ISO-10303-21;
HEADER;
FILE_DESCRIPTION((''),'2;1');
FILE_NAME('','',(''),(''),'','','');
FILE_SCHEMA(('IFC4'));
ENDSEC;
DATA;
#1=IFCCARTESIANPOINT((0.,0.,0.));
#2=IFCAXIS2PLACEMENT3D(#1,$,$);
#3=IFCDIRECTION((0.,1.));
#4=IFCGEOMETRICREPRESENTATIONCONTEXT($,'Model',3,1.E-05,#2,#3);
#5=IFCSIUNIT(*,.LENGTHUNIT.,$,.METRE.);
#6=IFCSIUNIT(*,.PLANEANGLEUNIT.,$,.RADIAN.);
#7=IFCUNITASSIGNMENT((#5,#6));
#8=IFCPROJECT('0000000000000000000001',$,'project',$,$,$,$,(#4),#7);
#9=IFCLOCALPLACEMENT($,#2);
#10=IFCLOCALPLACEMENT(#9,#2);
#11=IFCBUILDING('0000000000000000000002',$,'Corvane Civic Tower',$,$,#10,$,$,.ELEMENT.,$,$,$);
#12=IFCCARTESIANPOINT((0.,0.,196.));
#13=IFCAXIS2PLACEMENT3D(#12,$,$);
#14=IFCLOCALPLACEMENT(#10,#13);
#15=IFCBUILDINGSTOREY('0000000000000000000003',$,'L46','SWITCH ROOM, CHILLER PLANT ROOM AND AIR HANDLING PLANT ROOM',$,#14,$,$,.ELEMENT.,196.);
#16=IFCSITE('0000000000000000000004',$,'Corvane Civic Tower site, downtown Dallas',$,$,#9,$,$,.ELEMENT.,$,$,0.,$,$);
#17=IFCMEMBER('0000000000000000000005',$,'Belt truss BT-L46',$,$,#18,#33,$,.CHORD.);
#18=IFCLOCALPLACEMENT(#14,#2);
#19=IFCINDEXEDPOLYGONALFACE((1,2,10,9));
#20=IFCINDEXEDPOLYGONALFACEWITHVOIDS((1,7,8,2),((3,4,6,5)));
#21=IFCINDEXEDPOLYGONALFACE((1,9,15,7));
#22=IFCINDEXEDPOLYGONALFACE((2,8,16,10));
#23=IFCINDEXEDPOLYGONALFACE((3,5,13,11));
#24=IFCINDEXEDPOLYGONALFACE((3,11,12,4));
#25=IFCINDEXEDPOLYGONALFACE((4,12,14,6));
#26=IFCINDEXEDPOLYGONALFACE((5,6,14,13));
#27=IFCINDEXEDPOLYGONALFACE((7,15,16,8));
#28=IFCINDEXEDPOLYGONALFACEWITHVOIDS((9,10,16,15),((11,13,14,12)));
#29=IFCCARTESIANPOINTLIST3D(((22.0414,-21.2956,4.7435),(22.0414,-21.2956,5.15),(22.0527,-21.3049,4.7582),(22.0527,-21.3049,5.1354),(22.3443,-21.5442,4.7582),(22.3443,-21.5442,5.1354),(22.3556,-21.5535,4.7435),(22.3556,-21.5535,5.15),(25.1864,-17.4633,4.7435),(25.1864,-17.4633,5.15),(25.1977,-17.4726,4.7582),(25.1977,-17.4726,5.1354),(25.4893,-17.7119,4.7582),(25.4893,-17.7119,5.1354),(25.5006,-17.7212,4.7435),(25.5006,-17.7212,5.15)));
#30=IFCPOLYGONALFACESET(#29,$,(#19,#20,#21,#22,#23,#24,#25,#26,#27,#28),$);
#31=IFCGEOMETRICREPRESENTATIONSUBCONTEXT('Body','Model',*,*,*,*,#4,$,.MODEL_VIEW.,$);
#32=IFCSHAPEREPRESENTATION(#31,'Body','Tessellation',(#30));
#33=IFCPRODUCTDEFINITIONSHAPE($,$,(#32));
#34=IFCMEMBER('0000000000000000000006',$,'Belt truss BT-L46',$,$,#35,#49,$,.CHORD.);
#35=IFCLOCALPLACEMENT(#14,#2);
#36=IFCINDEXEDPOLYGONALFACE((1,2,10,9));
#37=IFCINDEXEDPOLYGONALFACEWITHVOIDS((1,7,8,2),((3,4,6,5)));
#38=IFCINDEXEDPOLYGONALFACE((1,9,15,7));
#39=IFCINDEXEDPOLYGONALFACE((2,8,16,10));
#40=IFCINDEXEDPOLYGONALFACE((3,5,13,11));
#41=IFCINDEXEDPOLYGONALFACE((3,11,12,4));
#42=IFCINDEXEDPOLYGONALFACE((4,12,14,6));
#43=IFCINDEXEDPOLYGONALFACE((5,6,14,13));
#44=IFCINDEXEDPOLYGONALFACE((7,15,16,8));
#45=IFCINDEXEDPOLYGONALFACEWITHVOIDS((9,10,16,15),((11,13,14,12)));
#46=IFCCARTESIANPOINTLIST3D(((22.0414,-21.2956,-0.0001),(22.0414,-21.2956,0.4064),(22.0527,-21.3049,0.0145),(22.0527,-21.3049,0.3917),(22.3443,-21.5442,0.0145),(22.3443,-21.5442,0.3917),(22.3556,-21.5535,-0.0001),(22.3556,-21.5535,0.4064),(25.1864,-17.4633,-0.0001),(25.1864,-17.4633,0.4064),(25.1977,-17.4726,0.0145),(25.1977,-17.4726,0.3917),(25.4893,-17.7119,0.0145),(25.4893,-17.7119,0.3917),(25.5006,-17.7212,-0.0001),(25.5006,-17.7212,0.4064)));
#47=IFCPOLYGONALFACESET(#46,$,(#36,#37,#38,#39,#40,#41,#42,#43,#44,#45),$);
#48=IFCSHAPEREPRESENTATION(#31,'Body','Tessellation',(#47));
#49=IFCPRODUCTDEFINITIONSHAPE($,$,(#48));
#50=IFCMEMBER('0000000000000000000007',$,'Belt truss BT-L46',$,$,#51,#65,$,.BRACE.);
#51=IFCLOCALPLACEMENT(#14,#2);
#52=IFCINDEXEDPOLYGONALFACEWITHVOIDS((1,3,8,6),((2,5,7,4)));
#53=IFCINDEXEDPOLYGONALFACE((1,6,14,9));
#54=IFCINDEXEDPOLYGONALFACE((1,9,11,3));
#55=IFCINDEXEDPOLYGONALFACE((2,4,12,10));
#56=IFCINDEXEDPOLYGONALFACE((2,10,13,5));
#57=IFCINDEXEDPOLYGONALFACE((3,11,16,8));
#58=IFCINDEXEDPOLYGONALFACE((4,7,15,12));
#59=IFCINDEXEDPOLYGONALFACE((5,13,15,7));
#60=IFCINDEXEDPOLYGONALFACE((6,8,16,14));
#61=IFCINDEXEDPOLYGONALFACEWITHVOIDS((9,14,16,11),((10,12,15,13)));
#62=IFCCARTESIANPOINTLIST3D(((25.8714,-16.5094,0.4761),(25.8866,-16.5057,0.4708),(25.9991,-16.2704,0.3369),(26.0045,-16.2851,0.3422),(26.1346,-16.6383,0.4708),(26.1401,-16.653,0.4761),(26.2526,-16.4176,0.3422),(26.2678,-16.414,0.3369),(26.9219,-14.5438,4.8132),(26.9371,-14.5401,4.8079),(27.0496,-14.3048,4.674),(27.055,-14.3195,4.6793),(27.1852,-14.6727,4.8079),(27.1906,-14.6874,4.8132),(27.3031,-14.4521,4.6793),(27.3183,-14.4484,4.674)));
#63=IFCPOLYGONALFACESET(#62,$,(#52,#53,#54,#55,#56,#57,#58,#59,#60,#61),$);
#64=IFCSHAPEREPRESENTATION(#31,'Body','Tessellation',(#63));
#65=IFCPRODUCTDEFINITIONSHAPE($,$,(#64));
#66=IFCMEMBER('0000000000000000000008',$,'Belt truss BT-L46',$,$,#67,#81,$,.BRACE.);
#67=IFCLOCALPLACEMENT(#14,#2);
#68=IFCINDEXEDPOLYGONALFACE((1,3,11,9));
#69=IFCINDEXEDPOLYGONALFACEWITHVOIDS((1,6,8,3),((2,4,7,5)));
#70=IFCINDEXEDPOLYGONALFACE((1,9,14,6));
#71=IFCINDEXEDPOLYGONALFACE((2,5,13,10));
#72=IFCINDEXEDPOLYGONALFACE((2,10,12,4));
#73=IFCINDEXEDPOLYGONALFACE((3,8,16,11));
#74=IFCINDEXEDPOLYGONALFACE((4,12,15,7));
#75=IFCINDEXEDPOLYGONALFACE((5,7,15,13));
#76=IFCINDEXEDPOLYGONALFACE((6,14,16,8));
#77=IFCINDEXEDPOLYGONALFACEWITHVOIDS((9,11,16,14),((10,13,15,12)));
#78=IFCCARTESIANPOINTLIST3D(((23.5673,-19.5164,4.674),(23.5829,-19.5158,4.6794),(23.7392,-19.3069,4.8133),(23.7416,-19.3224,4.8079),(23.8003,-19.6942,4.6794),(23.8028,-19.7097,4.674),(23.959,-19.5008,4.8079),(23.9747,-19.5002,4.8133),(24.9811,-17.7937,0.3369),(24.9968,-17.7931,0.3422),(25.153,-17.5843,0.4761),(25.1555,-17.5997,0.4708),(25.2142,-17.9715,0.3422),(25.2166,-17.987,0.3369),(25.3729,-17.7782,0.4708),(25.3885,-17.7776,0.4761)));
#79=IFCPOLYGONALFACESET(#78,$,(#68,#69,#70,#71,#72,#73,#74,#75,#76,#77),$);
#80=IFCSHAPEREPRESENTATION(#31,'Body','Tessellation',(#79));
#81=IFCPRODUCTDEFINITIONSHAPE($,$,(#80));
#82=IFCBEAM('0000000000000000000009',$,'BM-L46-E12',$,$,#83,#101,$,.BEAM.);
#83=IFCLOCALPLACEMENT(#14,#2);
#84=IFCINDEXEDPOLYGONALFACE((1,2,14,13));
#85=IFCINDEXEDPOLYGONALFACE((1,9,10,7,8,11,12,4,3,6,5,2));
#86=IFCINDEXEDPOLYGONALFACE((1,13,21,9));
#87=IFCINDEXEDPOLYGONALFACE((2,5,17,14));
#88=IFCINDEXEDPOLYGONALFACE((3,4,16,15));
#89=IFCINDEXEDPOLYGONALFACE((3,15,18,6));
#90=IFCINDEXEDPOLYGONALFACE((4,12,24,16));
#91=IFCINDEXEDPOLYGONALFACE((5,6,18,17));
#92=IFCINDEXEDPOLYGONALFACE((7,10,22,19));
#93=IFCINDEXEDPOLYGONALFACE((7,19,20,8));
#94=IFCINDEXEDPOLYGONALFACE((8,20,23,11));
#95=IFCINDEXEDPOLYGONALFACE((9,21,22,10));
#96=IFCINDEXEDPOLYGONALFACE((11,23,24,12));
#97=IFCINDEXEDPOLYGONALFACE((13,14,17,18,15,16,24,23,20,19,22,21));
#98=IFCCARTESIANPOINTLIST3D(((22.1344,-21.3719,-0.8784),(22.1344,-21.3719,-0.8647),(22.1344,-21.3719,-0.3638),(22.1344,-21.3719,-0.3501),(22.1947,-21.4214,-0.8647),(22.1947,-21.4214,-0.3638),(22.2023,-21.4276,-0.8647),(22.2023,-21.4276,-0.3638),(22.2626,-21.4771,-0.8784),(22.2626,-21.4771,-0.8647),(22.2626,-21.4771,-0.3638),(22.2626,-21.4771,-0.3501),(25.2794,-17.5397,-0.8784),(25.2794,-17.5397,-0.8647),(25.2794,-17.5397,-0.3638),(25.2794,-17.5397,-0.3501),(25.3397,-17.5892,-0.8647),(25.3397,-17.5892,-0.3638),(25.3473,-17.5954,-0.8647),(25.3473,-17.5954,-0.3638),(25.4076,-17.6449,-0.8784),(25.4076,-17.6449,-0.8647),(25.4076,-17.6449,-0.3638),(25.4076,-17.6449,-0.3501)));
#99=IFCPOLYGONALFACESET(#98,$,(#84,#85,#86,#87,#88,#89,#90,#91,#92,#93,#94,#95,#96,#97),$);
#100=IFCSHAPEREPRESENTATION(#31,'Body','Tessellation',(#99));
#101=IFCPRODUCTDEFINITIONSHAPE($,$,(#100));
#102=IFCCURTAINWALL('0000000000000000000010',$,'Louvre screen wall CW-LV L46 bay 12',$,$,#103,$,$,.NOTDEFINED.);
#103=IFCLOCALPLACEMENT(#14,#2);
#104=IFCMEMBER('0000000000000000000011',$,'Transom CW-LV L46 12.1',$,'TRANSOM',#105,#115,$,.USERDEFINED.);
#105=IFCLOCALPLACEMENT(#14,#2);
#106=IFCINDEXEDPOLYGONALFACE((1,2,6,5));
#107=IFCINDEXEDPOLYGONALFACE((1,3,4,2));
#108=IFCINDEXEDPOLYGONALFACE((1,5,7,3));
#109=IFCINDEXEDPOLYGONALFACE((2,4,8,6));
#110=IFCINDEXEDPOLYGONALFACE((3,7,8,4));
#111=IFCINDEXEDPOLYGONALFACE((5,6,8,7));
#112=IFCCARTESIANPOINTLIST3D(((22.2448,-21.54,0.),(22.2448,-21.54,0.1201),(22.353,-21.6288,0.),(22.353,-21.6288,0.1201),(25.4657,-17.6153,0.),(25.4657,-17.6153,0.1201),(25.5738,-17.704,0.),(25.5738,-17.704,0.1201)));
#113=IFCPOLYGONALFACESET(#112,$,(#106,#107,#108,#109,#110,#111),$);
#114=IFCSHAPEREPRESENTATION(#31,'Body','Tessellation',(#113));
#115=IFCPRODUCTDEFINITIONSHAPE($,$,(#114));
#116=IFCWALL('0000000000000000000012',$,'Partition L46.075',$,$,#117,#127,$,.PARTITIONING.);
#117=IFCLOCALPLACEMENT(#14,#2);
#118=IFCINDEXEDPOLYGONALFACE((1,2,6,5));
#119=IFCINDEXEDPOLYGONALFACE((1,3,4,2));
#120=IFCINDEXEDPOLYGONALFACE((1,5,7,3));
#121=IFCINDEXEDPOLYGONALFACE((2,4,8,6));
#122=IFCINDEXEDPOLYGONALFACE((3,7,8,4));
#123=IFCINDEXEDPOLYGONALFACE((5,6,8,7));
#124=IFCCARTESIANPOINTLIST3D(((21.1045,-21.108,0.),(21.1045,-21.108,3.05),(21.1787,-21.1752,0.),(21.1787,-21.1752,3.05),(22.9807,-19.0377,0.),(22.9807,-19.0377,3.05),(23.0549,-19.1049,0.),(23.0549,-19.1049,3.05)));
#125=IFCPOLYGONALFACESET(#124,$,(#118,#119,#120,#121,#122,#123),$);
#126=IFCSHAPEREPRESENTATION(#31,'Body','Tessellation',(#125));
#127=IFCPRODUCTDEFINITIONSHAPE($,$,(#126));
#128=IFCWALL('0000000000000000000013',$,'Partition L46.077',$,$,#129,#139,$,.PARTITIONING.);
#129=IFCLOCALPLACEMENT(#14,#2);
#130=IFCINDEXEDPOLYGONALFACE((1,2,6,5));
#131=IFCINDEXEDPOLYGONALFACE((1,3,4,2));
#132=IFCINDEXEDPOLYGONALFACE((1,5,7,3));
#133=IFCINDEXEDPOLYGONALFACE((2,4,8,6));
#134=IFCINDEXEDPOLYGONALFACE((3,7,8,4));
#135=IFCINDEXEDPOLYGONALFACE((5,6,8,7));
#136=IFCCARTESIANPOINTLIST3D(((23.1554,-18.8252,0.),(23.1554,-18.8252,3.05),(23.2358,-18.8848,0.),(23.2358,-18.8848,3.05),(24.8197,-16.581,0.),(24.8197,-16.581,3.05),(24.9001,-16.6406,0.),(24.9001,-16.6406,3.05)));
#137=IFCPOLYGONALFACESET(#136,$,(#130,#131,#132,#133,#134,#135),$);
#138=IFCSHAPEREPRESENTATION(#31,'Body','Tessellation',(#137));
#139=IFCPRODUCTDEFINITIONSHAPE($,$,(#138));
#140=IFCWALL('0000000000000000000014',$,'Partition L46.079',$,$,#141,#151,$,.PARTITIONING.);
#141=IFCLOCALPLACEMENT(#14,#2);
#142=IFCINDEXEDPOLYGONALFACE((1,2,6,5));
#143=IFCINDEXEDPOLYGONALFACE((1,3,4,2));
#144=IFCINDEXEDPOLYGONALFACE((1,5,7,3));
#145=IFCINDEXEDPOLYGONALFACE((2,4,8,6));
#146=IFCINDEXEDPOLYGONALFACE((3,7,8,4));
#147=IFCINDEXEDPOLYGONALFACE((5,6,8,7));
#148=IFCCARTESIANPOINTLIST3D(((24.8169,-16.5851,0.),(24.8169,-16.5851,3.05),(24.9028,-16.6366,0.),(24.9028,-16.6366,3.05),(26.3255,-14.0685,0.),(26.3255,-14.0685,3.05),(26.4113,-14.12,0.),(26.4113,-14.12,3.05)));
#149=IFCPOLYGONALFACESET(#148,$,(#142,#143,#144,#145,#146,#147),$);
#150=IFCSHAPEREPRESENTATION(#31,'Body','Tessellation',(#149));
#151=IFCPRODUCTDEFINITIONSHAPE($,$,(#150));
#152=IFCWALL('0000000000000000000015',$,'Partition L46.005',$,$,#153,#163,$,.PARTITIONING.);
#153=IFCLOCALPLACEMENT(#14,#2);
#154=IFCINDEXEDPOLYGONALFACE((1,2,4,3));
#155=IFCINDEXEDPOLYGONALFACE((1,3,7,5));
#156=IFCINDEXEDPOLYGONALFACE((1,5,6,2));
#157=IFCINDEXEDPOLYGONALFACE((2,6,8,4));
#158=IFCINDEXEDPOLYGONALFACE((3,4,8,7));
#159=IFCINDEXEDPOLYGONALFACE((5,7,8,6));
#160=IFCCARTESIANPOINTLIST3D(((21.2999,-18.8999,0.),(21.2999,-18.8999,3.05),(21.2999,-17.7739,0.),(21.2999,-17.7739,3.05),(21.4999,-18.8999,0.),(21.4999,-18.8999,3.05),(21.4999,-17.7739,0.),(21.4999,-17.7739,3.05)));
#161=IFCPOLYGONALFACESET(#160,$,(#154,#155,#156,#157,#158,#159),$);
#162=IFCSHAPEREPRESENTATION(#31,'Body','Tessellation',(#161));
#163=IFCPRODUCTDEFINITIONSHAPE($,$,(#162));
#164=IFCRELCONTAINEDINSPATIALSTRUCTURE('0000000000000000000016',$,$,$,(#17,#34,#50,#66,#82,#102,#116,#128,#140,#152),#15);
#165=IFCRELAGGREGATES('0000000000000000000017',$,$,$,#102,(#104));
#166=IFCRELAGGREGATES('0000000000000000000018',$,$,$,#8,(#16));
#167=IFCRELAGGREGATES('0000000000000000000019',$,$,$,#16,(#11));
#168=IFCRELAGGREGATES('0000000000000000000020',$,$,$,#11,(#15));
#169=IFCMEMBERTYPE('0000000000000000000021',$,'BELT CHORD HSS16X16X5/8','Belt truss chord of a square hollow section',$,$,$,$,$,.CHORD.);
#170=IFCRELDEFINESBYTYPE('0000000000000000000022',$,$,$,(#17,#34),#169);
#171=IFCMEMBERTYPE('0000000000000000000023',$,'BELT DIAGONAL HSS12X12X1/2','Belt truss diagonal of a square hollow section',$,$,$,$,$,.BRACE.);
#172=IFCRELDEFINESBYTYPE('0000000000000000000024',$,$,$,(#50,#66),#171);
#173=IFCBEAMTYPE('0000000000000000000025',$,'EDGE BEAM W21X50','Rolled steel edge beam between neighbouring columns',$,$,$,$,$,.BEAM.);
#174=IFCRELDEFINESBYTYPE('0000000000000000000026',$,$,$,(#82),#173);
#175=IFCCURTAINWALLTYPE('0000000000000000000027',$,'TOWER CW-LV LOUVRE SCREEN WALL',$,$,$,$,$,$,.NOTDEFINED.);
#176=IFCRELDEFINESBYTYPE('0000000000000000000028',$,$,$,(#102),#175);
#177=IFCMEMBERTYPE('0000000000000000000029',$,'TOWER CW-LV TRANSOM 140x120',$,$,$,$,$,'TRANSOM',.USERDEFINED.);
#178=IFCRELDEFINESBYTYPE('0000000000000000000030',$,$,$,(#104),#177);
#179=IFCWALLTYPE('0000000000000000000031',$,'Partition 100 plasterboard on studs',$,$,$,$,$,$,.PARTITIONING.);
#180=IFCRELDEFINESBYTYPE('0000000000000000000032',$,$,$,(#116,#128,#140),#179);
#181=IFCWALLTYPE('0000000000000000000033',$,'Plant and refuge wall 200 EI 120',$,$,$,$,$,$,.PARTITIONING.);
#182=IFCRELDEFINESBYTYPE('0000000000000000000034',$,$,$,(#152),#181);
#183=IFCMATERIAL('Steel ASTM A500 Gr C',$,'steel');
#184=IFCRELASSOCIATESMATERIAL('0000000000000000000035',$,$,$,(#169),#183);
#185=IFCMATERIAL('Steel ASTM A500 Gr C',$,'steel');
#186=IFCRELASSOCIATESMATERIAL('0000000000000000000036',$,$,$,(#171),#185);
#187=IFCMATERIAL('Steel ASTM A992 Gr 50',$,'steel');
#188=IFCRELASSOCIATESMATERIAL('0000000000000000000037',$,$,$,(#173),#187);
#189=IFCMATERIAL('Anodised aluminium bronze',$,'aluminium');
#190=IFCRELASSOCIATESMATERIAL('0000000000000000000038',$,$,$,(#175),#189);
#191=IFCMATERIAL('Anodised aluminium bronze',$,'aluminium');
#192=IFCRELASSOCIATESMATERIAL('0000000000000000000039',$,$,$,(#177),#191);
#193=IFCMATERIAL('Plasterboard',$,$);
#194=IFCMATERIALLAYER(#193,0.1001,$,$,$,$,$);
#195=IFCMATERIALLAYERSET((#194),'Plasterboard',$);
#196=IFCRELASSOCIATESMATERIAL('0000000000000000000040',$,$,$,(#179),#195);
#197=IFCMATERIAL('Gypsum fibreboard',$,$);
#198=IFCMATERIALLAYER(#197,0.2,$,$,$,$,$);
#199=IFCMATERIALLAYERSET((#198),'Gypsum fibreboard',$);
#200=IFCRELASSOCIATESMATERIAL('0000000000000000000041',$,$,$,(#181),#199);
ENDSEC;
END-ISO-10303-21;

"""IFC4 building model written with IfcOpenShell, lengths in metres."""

from ifc_helpers import new_model, si_unit, direction, frame, frame_2d, origin, origin_2d, place, context, subcontext, project, spatial, rectangle, hollow_rectangle, i_section, extrude, material, layer, layer_set, material_profile, profile_set, type_object, element, aggregate, save


model = new_model("IFC4")

# Units and contexts
model_context = context("Model", 3, precision=1e-05, world=origin(), true_north=direction((0.0, 1.0)))
body_context = subcontext(model_context, "Body", "Model", "MODEL_VIEW")
ifc_project = project(units=[si_unit("LENGTHUNIT", "METRE"), si_unit("PLANEANGLEUNIT", "RADIAN")], contexts=[model_context])

# Site, building, storey
site_placement = place(None, origin())
site = spatial("IfcSite", under=ifc_project, at=site_placement, Name="Corvane Civic Tower site, downtown Dallas", CompositionType="ELEMENT", RefElevation=0.0)
building_placement = place(site_placement, origin())
building = spatial("IfcBuilding", under=site, at=building_placement, Name="Corvane Civic Tower", CompositionType="ELEMENT")
storey_placement = place(building_placement, frame((0.0, 0.0, 196.0)))
storey = spatial("IfcBuildingStorey", under=building, at=storey_placement, Name="L46", Description="SWITCH ROOM, CHILLER PLANT ROOM AND AIR HANDLING PLANT ROOM", CompositionType="ELEMENT", Elevation=196.0)

# Members
ifc_material_1 = material(Name="Steel ASTM A500 Gr C", Category="steel")
ifc_material_profile_1 = material_profile(ifc_material_1, hollow_rectangle(XDim=0.4065, YDim=0.4065, WallThickness=0.0146, at=origin_2d()), Name="HSS16X16X5/8")
ifc_profile_set_1 = profile_set([ifc_material_profile_1], Name="Steel ASTM A500 Gr C")
member_type_1 = type_object("IfcMemberType", Name="BELT CHORD HSS16X16X5/8", Description="Belt truss chord of a square hollow section", PredefinedType="CHORD", material=ifc_profile_set_1)
for number, where, z_axis, x_axis, name in (
    (1, (25.3435, -17.5923, 4.9468), (-0.634388, -0.773015, 0.0), (0.773015, -0.634388, 0.0), "Belt truss BT-L46"),
    (2, (25.3435, -17.5923, 0.2031), (-0.634388, -0.773015, 0.0), (0.773015, -0.634388, 0.0), "Belt truss BT-L46"),
):
    element("IfcMember", number, at=place(storey_placement, frame(where, z_axis=z_axis, x_axis=x_axis)), inside=storey, type_object=member_type_1, Name=name, PredefinedType="CHORD", context=body_context, shape_type="SweptSolid", body=[
        extrude(hollow_rectangle(XDim=0.4065, YDim=0.4065, WallThickness=0.0146, at=origin_2d()), origin(), (0.0, 0.0, 1.0), 4.9575),
    ])
ifc_material_2 = material(Name="Steel ASTM A500 Gr C", Category="steel")
ifc_material_profile_2 = material_profile(ifc_material_2, hollow_rectangle(XDim=0.3047, YDim=0.3047, WallThickness=0.0117, at=origin_2d()), Name="HSS12X12X1/2")
ifc_profile_set_2 = profile_set([ifc_material_profile_2], Name="Steel ASTM A500 Gr C")
member_type_2 = type_object("IfcMemberType", Name="BELT DIAGONAL HSS12X12X1/2", Description="Belt truss diagonal of a square hollow section", PredefinedType="BRACE", material=ifc_profile_set_2)
for number, where, z_axis, x_axis, name in (
    (3, (26.0696, -16.4617, 0.4065), (0.215438, 0.40309, 0.889441), (-0.881937, 0.471367, 0.0), "Belt truss BT-L46"),
    (4, (25.1848, -17.7856, 0.4065), (-0.289942, -0.353278, 0.889454), (0.772995, -0.634412, 0.0), "Belt truss BT-L46"),
):
    element("IfcMember", number, at=place(storey_placement, frame(where, z_axis=z_axis, x_axis=x_axis)), inside=storey, type_object=member_type_2, Name=name, PredefinedType="BRACE", context=body_context, shape_type="SweptSolid", body=[
        extrude(hollow_rectangle(XDim=0.3047, YDim=0.3047, WallThickness=0.0117, at=origin_2d()), origin(), (0.0, 0.0, 1.0), 4.8762),
    ])

# Beam
ifc_material_3 = material(Name="Steel ASTM A992 Gr 50", Category="steel")
ifc_material_profile_3 = material_profile(ifc_material_3, i_section(OverallWidth=0.1658, OverallDepth=0.5283, WebThickness=0.0098, FlangeThickness=0.0137, at=origin_2d()), Name="W21X50")
ifc_profile_set_3 = profile_set([ifc_material_profile_3], Name="Steel ASTM A992 Gr 50")
beam_type = type_object("IfcBeamType", Name="EDGE BEAM W21X50", Description="Rolled steel edge beam between neighbouring columns", PredefinedType="BEAM", material=ifc_profile_set_3)
beam_placement = place(storey_placement, frame((25.3435, -17.5923, -0.6143), z_axis=(-0.634388, -0.773015, 0.0), x_axis=(0.773015, -0.634388, 0.0)))
element("IfcBeam", 5, at=beam_placement, inside=storey, type_object=beam_type, Name="BM-L46-E12", PredefinedType="BEAM", context=body_context, shape_type="SweptSolid", body=[
    extrude(i_section(OverallWidth=0.1658, OverallDepth=0.5283, WebThickness=0.0098, FlangeThickness=0.0137, at=origin_2d()), origin(), (0.0, 0.0, 1.0), 4.9575),
])

# Curtain wall, member
ifc_material_4 = material(Name="Anodised aluminium bronze", Category="aluminium")
curtain_wall_type = type_object("IfcCurtainWallType", Name="TOWER CW-LV LOUVRE SCREEN WALL", PredefinedType="NOTDEFINED", material=ifc_material_4)
curtain_wall_placement = place(storey_placement, origin())
curtain_wall = element("IfcCurtainWall", 6, at=curtain_wall_placement, inside=storey, type_object=curtain_wall_type, Name="Louvre screen wall CW-LV L46 bay 12", PredefinedType="NOTDEFINED")
ifc_material_5 = material(Name="Anodised aluminium bronze", Category="aluminium")
ifc_material_profile_4 = material_profile(ifc_material_5, rectangle(XDim=0.1399, YDim=0.1201, at=origin_2d()), Name="TOWER CW-LV TRANSOM 140x120")
ifc_profile_set_4 = profile_set([ifc_material_profile_4], Name="Anodised aluminium bronze")
member_type_3 = type_object("IfcMemberType", Name="TOWER CW-LV TRANSOM 140x120", ElementType="TRANSOM", PredefinedType="USERDEFINED", material=ifc_profile_set_4)
member_placement = place(storey_placement, frame((25.5198, -17.6597, 0.0601), z_axis=(-0.634387, -0.773016, 0.0), x_axis=(0.773016, -0.634387, 0.0)))
member = element("IfcMember", 7, at=member_placement, type_object=member_type_3, Name="Transom CW-LV L46 12.1", ObjectType="TRANSOM", PredefinedType="USERDEFINED", context=body_context, shape_type="SweptSolid", body=[
    extrude(rectangle(XDim=0.1399, YDim=0.1201, at=origin_2d()), origin(), (0.0, 0.0, 1.0), 5.0771),
])

# Walls
ifc_material_6 = material(Name="Plasterboard")
ifc_layer_1 = layer(ifc_material_6, 0.1001)
ifc_layer_set_1 = layer_set([ifc_layer_1], Name="Plasterboard")
wall_type_1 = type_object("IfcWallType", Name="Partition 100 plasterboard on studs", PredefinedType="PARTITIONING", material=ifc_layer_set_1)
for number, where, z_axis, x_axis, name in (
    (8, (21.1416, -21.1416, 0.0), (0.0, 0.0, 1.0), (0.671519, 0.740987, 0.0), "Partition L46.075"),
    (9, (23.1956, -18.855, 0.0), (0.0, 0.0, 1.0), (0.595685, 0.803218, 0.0), "Partition L46.077"),
):
    element("IfcWall", number, at=place(storey_placement, frame(where, z_axis=z_axis, x_axis=x_axis)), inside=storey, type_object=wall_type_1, Name=name, PredefinedType="PARTITIONING", context=body_context, shape_type="SweptSolid", body=[
        extrude(rectangle(XDim=2.7939, YDim=0.1001, at=frame_2d((1.397, 0.0))), origin(), (0.0, 0.0, 1.0), 3.05),
    ])
wall_1_placement = place(storey_placement, frame((24.8599, -16.6108, 0.0), z_axis=(0.0, 0.0, 1.0), x_axis=(0.514141, 0.857706, 0.0)))
element("IfcWall", 10, at=wall_1_placement, inside=storey, type_object=wall_type_1, Name="Partition L46.079", PredefinedType="PARTITIONING", context=body_context, shape_type="SweptSolid", body=[
    extrude(rectangle(XDim=2.9341, YDim=0.1001, at=frame_2d((1.467, 0.0))), origin(), (0.0, 0.0, 1.0), 3.05),
])
ifc_material_7 = material(Name="Gypsum fibreboard")
ifc_layer_2 = layer(ifc_material_7, 0.2)
ifc_layer_set_2 = layer_set([ifc_layer_2], Name="Gypsum fibreboard")
wall_type_2 = type_object("IfcWallType", Name="Plant and refuge wall 200 EI 120", PredefinedType="PARTITIONING", material=ifc_layer_set_2)
wall_2_placement = place(storey_placement, frame((21.3999, -18.8999, 0.0), z_axis=(0.0, 0.0, 1.0), x_axis=(0.0, 1.0, 0.0)))
element("IfcWall", 11, at=wall_2_placement, inside=storey, type_object=wall_type_2, Name="Partition L46.005", PredefinedType="PARTITIONING", context=body_context, shape_type="SweptSolid", body=[
    extrude(rectangle(XDim=1.126, YDim=0.2, at=frame_2d((0.563, 0.0))), origin(), (0.0, 0.0, 1.0), 3.05),
])

aggregate(curtain_wall, [member])

save(model, "model.ifc")
